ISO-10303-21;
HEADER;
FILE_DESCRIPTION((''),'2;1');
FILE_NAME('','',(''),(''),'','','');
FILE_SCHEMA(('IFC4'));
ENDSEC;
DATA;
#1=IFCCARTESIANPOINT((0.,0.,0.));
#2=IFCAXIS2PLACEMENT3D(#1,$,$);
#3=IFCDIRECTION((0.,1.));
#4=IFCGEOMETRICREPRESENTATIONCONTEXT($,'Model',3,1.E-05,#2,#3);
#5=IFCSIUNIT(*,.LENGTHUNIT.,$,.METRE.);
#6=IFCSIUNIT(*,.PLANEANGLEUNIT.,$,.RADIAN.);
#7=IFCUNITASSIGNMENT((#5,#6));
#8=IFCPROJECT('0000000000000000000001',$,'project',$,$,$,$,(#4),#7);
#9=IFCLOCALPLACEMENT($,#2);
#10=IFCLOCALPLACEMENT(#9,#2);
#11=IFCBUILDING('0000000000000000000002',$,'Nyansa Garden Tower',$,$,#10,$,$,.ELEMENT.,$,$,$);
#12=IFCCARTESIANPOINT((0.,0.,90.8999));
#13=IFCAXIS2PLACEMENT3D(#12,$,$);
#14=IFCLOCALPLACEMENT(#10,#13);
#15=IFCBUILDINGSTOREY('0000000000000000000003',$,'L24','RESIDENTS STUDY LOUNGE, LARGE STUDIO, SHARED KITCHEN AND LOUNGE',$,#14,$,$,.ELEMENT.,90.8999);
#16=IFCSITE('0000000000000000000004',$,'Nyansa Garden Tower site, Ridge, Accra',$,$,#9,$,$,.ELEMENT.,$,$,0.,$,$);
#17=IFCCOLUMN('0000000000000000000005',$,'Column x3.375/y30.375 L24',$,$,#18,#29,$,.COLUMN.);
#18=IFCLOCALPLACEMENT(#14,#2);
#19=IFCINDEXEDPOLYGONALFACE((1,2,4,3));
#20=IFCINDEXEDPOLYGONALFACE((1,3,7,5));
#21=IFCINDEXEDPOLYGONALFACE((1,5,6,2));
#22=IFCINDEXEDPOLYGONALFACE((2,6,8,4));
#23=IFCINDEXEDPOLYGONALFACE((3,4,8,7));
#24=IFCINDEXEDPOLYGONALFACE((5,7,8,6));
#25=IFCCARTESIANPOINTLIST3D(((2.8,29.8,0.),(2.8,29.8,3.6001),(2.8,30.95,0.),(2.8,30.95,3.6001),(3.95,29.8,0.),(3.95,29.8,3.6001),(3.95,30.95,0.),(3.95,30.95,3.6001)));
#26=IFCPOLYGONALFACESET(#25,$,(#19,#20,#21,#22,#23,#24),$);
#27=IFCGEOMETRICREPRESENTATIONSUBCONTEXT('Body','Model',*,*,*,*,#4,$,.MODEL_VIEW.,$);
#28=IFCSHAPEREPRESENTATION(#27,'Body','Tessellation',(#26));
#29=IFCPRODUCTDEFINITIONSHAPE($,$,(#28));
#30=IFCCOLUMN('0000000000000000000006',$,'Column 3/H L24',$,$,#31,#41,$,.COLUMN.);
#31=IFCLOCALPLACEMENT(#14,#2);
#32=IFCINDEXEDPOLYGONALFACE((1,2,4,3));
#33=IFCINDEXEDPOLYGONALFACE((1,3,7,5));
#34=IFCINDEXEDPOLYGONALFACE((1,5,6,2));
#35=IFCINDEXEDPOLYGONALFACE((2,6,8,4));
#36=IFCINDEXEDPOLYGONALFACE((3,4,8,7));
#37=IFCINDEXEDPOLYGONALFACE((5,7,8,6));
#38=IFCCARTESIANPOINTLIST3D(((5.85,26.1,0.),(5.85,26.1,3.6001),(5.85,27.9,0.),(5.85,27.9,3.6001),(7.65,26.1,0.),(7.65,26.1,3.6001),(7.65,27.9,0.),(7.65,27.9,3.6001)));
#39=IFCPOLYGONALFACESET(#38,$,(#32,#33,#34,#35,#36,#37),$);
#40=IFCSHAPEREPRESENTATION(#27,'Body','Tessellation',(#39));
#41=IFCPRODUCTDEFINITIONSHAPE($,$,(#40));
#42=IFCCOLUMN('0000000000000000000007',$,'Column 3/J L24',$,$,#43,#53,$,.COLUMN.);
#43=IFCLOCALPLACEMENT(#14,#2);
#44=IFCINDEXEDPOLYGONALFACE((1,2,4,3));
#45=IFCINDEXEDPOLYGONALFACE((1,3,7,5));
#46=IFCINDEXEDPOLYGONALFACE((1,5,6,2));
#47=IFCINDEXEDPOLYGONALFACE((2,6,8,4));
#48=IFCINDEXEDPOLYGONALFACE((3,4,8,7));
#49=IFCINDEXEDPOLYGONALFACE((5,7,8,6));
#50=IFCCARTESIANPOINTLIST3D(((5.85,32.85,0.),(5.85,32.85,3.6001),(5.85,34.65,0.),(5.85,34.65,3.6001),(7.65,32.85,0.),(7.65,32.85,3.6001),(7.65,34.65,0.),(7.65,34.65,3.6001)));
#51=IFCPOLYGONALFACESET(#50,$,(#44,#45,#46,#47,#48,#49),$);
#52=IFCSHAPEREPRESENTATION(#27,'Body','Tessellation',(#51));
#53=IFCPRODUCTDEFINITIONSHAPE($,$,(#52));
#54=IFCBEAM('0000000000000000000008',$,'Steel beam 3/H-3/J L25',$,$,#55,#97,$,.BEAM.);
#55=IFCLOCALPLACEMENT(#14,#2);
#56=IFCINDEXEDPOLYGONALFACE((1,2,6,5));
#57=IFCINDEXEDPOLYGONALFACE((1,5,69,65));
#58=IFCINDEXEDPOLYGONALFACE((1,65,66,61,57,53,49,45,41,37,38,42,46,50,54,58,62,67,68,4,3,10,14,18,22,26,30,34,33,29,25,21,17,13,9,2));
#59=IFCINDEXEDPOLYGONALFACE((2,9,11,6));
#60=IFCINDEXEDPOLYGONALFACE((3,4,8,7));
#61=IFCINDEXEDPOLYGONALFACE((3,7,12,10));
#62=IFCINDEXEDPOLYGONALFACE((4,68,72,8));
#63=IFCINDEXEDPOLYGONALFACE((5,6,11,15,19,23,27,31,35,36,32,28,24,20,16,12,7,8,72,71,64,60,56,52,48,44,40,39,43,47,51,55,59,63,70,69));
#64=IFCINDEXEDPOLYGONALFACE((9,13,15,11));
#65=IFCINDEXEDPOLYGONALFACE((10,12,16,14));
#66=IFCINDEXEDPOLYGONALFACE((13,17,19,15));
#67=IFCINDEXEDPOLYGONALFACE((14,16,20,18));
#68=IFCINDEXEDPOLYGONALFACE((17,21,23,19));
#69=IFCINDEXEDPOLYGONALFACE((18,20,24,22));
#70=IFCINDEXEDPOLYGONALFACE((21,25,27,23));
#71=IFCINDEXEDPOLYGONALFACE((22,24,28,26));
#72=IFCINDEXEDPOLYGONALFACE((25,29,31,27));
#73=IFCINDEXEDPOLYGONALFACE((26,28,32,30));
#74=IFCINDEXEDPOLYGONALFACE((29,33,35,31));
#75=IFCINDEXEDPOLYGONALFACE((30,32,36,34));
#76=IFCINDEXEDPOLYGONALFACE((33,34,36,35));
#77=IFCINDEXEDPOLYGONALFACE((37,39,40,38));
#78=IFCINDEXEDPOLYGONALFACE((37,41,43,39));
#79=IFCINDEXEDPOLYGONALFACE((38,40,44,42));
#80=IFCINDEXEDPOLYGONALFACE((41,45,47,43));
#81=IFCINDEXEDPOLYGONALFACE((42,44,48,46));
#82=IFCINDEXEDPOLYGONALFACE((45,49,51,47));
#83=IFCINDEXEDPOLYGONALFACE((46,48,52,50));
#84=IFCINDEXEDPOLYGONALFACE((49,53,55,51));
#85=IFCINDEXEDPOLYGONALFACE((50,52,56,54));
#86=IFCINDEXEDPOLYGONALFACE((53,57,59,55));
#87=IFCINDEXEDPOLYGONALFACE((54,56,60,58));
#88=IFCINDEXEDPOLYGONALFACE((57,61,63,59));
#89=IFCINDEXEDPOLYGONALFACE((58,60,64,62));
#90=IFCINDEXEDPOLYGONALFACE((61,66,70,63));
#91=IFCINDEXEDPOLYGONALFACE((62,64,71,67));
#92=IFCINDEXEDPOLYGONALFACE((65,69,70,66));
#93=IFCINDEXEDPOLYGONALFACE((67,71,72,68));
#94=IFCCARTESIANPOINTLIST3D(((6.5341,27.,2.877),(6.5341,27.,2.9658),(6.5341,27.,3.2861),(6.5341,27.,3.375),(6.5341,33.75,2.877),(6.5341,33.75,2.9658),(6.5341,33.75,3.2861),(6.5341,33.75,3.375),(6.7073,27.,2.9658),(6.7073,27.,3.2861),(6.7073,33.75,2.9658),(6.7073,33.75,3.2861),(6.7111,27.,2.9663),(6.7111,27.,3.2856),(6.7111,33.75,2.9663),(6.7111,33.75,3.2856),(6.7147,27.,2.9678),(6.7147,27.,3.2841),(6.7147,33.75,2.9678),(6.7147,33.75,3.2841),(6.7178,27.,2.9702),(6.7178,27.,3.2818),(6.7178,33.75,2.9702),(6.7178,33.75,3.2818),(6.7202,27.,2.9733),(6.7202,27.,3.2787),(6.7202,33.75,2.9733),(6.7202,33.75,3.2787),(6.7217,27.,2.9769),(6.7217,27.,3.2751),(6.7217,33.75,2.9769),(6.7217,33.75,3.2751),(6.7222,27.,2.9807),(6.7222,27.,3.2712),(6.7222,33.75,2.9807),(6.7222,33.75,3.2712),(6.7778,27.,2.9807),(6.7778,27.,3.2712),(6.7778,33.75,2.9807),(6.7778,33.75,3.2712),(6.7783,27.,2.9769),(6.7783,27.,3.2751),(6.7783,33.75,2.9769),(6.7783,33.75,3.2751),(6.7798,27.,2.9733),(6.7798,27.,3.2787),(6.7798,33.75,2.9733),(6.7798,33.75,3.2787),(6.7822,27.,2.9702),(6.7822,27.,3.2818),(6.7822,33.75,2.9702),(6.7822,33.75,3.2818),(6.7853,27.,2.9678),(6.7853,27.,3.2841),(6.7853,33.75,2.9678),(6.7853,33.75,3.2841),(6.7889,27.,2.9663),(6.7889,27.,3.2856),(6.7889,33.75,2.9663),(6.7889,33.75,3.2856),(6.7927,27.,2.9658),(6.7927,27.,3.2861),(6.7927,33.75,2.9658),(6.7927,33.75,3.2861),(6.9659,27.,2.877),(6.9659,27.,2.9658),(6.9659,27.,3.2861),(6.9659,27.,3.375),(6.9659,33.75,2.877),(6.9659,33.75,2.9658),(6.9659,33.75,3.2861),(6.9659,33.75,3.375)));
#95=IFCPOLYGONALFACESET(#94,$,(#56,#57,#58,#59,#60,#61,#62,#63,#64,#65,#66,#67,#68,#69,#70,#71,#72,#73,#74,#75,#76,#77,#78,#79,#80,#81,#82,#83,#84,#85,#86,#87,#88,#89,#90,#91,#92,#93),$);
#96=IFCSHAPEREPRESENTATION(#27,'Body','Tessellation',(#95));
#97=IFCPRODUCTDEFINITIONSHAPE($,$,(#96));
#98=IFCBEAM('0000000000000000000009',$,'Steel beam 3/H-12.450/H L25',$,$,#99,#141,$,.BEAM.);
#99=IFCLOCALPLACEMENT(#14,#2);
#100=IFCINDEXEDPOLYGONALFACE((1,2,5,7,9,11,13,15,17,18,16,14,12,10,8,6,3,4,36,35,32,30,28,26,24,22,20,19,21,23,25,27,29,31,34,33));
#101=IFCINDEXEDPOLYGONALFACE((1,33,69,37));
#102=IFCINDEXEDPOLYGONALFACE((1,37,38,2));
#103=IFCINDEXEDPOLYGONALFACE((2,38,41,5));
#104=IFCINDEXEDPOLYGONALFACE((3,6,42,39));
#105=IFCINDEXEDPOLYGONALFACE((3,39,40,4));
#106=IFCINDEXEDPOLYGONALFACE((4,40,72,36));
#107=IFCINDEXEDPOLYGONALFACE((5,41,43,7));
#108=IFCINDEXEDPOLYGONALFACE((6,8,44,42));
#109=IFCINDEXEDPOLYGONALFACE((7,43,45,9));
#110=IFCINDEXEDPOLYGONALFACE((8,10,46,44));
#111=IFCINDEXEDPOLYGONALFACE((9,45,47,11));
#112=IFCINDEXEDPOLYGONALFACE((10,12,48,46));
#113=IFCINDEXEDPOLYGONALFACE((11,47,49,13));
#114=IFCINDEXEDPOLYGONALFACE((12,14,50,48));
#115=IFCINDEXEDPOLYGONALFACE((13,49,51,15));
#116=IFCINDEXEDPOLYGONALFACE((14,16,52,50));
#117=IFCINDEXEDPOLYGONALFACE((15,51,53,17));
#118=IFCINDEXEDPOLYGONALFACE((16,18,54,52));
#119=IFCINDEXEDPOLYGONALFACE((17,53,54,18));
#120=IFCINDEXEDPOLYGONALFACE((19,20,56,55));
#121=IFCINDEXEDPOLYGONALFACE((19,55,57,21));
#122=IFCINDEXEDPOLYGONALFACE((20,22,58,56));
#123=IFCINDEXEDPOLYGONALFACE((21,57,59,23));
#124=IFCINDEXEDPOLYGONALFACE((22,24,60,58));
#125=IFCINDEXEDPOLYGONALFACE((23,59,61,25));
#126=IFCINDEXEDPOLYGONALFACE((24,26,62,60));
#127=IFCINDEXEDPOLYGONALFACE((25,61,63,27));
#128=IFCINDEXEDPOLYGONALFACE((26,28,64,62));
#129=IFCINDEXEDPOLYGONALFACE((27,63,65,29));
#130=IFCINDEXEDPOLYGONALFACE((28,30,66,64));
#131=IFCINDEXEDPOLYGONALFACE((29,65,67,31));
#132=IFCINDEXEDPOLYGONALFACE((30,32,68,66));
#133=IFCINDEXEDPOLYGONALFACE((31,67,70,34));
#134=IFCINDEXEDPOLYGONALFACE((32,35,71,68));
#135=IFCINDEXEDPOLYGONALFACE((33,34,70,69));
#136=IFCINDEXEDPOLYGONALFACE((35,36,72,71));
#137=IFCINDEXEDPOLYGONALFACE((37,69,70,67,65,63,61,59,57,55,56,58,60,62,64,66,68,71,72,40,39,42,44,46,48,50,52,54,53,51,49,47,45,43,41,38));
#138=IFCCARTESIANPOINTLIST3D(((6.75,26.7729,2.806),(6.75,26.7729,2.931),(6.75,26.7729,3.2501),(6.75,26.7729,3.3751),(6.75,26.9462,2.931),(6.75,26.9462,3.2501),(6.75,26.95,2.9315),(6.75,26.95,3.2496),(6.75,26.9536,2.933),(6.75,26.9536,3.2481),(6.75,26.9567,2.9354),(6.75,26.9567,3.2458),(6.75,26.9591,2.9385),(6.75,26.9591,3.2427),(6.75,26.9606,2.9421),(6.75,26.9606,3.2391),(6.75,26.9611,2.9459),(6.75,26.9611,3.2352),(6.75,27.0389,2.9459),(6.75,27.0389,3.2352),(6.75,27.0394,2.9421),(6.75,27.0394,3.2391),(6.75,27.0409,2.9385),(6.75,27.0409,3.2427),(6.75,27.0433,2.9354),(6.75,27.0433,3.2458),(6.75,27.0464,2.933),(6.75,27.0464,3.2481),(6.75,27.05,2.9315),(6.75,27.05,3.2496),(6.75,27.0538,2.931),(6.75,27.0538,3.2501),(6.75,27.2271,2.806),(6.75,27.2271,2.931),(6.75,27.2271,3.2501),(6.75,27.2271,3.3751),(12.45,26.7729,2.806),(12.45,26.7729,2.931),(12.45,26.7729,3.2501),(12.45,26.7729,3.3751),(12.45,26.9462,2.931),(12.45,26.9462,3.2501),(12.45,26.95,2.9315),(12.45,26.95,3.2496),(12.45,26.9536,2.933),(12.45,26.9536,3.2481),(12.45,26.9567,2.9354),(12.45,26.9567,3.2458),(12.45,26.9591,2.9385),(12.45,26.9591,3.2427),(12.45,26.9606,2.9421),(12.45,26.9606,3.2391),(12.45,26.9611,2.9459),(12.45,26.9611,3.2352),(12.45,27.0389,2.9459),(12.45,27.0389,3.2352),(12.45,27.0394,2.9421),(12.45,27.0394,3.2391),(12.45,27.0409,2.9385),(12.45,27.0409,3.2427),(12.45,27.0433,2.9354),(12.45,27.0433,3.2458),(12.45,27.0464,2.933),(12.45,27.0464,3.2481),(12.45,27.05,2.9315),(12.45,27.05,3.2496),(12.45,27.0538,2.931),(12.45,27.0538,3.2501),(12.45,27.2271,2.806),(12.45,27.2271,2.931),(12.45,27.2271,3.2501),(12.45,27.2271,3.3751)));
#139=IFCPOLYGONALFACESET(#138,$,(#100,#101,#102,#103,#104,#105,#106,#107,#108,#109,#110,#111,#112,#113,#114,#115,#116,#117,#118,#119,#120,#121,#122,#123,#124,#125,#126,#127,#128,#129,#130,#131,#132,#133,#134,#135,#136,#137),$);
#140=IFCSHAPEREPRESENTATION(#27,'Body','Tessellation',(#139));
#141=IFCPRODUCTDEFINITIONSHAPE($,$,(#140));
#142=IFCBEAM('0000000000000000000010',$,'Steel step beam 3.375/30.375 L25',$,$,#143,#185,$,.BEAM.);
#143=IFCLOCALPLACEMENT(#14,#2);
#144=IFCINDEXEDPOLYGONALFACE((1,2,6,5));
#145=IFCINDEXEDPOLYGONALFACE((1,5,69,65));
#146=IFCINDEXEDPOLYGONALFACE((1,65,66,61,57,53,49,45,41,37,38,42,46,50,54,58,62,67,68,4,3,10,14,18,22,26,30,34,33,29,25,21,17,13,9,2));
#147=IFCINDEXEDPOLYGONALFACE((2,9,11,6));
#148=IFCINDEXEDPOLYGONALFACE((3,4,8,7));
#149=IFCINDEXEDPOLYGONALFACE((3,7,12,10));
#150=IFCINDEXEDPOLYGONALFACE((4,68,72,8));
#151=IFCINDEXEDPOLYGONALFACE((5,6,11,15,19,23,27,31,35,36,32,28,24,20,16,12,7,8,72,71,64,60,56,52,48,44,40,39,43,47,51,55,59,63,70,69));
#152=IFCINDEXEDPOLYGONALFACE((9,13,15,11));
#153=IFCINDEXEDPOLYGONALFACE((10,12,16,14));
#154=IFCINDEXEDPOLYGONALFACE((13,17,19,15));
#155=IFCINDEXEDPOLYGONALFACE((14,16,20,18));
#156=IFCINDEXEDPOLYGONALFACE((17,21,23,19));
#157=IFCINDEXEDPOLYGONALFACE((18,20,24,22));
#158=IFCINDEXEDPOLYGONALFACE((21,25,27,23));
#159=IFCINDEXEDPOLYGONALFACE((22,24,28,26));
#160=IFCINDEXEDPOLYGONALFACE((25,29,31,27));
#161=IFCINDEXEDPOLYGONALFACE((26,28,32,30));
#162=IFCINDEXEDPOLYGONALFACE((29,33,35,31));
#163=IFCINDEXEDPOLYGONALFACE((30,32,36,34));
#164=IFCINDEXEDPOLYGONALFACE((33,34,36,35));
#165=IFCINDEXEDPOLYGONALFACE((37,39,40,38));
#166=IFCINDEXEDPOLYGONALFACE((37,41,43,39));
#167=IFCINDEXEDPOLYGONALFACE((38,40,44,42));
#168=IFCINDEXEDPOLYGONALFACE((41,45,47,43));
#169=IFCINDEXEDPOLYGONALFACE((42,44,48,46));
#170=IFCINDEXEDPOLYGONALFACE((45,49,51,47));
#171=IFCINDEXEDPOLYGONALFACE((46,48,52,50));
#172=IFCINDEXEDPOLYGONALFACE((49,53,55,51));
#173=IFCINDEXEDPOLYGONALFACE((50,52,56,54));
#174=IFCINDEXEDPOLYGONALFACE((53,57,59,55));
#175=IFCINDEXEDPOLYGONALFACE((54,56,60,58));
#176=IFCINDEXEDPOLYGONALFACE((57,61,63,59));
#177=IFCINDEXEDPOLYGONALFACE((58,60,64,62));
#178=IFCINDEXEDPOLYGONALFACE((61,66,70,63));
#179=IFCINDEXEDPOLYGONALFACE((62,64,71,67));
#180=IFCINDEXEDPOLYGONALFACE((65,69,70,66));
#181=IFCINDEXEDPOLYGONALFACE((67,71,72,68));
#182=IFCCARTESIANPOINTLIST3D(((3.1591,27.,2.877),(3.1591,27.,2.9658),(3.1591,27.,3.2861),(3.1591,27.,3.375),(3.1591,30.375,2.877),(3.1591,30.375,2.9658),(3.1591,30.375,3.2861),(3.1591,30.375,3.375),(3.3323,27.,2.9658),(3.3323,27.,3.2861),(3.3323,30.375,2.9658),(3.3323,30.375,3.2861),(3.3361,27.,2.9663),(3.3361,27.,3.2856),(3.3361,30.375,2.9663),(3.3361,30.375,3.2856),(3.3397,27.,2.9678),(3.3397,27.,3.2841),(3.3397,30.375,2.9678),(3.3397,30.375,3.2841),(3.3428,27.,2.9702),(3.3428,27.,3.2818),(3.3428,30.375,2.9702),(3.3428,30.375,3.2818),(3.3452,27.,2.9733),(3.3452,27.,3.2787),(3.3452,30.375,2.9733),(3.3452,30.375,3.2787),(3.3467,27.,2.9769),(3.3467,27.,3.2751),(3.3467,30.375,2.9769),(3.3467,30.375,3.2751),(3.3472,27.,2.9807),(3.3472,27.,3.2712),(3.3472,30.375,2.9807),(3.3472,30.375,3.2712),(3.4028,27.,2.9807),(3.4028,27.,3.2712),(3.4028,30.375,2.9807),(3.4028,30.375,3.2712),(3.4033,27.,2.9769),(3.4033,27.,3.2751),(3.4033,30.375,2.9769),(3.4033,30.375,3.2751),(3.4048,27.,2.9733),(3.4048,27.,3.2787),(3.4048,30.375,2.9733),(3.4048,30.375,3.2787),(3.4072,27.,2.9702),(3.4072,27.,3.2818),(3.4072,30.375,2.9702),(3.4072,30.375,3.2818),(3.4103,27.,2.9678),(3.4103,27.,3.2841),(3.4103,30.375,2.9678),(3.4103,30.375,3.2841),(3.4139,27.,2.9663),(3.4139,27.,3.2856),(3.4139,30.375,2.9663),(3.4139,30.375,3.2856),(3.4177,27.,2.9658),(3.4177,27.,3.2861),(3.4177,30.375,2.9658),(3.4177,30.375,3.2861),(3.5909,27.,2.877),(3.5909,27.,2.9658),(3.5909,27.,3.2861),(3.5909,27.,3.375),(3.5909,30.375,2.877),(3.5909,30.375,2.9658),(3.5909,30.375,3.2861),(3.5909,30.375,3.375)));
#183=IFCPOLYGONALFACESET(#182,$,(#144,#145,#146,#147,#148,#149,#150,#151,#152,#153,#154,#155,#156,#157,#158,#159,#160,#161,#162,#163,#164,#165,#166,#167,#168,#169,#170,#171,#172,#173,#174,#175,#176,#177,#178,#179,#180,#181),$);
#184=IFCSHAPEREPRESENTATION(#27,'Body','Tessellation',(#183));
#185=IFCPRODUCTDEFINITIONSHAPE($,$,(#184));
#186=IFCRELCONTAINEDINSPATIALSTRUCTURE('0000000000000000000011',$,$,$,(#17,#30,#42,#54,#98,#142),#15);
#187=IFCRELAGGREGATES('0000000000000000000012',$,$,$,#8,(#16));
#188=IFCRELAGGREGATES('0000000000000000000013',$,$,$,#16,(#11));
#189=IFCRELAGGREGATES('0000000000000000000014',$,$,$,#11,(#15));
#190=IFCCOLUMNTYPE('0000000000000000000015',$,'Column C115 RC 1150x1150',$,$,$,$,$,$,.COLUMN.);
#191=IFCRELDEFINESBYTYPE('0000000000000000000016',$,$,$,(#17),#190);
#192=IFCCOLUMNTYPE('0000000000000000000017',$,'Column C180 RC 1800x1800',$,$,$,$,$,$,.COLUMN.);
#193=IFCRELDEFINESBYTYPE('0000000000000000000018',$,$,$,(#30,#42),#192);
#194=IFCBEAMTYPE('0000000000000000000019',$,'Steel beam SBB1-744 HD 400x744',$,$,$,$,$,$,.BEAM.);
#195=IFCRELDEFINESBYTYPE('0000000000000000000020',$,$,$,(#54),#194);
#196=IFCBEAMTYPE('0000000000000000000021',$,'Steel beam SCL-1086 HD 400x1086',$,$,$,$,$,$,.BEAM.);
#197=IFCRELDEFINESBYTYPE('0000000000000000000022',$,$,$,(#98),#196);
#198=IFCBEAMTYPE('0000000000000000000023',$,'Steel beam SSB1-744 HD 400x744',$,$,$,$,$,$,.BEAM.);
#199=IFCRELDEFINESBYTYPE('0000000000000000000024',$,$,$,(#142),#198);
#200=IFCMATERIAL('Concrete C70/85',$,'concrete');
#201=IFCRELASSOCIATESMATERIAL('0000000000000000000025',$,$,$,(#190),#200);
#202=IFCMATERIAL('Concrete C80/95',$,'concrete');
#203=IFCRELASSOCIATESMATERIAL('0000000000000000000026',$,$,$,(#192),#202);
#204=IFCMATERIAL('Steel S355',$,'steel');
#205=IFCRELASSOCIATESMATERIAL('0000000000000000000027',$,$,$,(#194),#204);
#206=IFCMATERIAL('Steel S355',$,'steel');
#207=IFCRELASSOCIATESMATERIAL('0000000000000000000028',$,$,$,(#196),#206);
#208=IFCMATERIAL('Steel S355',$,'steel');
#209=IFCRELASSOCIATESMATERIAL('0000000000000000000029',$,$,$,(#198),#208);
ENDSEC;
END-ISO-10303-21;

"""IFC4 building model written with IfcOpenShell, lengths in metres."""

from ifc_helpers import new_model, si_unit, direction, frame, origin, origin_2d, place, context, subcontext, project, spatial, rectangle, i_section, extrude, material, material_profile, profile_set, type_object, element, save


model = new_model("IFC4")

# Units and contexts
model_context = context("Model", 3, precision=1e-05, world=origin(), true_north=direction((0.0, 1.0)))
body_context = subcontext(model_context, "Body", "Model", "MODEL_VIEW")
ifc_project = project(units=[si_unit("LENGTHUNIT", "METRE"), si_unit("PLANEANGLEUNIT", "RADIAN")], contexts=[model_context])

# Site, building, storey
site_placement = place(None, origin())
site = spatial("IfcSite", under=ifc_project, at=site_placement, Name="Nyansa Garden Tower site, Ridge, Accra", CompositionType="ELEMENT", RefElevation=0.0)
building_placement = place(site_placement, origin())
building = spatial("IfcBuilding", under=site, at=building_placement, Name="Nyansa Garden Tower", CompositionType="ELEMENT")
storey_placement = place(building_placement, frame((0.0, 0.0, 90.8999)))
storey = spatial("IfcBuildingStorey", under=building, at=storey_placement, Name="L24", Description="RESIDENTS STUDY LOUNGE, LARGE STUDIO, SHARED KITCHEN AND LOUNGE", CompositionType="ELEMENT", Elevation=90.8999)

# Columns
ifc_material_1 = material(Name="Concrete C70/85", Category="concrete")
ifc_material_profile_1 = material_profile(ifc_material_1, rectangle(XDim=1.1499, YDim=1.1499, at=origin_2d()), Name="RC 1150x1150")
ifc_profile_set_1 = profile_set([ifc_material_profile_1], Name="Concrete C70/85")
column_type_1 = type_object("IfcColumnType", Name="Column C115 RC 1150x1150", PredefinedType="COLUMN", material=ifc_profile_set_1)
column_placement = place(storey_placement, frame((3.375, 30.375, 0.0), z_axis=(0.0, 0.0, 1.0), x_axis=(1.0, 0.0, 0.0)))
element("IfcColumn", 1, at=column_placement, inside=storey, type_object=column_type_1, Name="Column x3.375/y30.375 L24", PredefinedType="COLUMN", context=body_context, shape_type="SweptSolid", body=[
    extrude(rectangle(XDim=1.1499, YDim=1.1499, at=origin_2d()), origin(), (0.0, 0.0, 1.0), 3.6001),
])
ifc_material_2 = material(Name="Concrete C80/95", Category="concrete")
ifc_material_profile_2 = material_profile(ifc_material_2, rectangle(XDim=1.8, YDim=1.8, at=origin_2d()), Name="RC 1800x1800")
ifc_profile_set_2 = profile_set([ifc_material_profile_2], Name="Concrete C80/95")
column_type_2 = type_object("IfcColumnType", Name="Column C180 RC 1800x1800", PredefinedType="COLUMN", material=ifc_profile_set_2)
for number, where, z_axis, x_axis, name in (
    (2, (6.75, 27.0, 0.0), (0.0, 0.0, 1.0), (1.0, 0.0, 0.0), "Column 3/H L24"),
    (3, (6.75, 33.75, 0.0), (0.0, 0.0, 1.0), (1.0, 0.0, 0.0), "Column 3/J L24"),
):
    element("IfcColumn", number, at=place(storey_placement, frame(where, z_axis=z_axis, x_axis=x_axis)), inside=storey, type_object=column_type_2, Name=name, PredefinedType="COLUMN", context=body_context, shape_type="SweptSolid", body=[
        extrude(rectangle(XDim=1.8, YDim=1.8, at=origin_2d()), origin(), (0.0, 0.0, 1.0), 3.6001),
    ])

# Beams
ifc_material_3 = material(Name="Steel S355", Category="steel")
ifc_material_profile_3 = material_profile(ifc_material_3, i_section(OverallWidth=0.4319, OverallDepth=0.498, WebThickness=0.0557, FlangeThickness=0.0889, FilletRadius=0.0149, at=origin_2d()), Name="HD 400x744")
ifc_profile_set_3 = profile_set([ifc_material_profile_3], Name="Steel S355")
beam_type_1 = type_object("IfcBeamType", Name="Steel beam SBB1-744 HD 400x744", PredefinedType="BEAM", material=ifc_profile_set_3)
beam_1_placement = place(storey_placement, frame((6.75, 27.0, 3.126), z_axis=(0.0, 1.0, 0.0), x_axis=(-1.0, 0.0, 0.0)))
element("IfcBeam", 4, at=beam_1_placement, inside=storey, type_object=beam_type_1, Name="Steel beam 3/H-3/J L25", PredefinedType="BEAM", context=body_context, shape_type="SweptSolid", body=[
    extrude(i_section(OverallWidth=0.4319, OverallDepth=0.498, WebThickness=0.0557, FlangeThickness=0.0889, FilletRadius=0.0149, at=origin_2d()), origin(), (0.0, 0.0, 1.0), 6.75),
])
ifc_material_4 = material(Name="Steel S355", Category="steel")
ifc_material_profile_4 = material_profile(ifc_material_4, i_section(OverallWidth=0.4541, OverallDepth=0.5691, WebThickness=0.0779, FlangeThickness=0.125, FilletRadius=0.0149, at=origin_2d()), Name="HD 400x1086")
ifc_profile_set_4 = profile_set([ifc_material_profile_4], Name="Steel S355")
beam_type_2 = type_object("IfcBeamType", Name="Steel beam SCL-1086 HD 400x1086", PredefinedType="BEAM", material=ifc_profile_set_4)
beam_2_placement = place(storey_placement, frame((6.75, 27.0, 3.0906), z_axis=(1.0, 0.0, 0.0), x_axis=(0.0, 1.0, 0.0)))
element("IfcBeam", 5, at=beam_2_placement, inside=storey, type_object=beam_type_2, Name="Steel beam 3/H-12.450/H L25", PredefinedType="BEAM", context=body_context, shape_type="SweptSolid", body=[
    extrude(i_section(OverallWidth=0.4541, OverallDepth=0.5691, WebThickness=0.0779, FlangeThickness=0.125, FilletRadius=0.0149, at=origin_2d()), origin(), (0.0, 0.0, 1.0), 5.7),
])
ifc_material_5 = material(Name="Steel S355", Category="steel")
ifc_material_profile_5 = material_profile(ifc_material_5, i_section(OverallWidth=0.4319, OverallDepth=0.498, WebThickness=0.0557, FlangeThickness=0.0889, FilletRadius=0.0149, at=origin_2d()), Name="HD 400x744")
ifc_profile_set_5 = profile_set([ifc_material_profile_5], Name="Steel S355")
beam_type_3 = type_object("IfcBeamType", Name="Steel beam SSB1-744 HD 400x744", PredefinedType="BEAM", material=ifc_profile_set_5)
for number, where, z_axis, x_axis, name in (
    (6, (3.375, 30.375, 3.126), (0.0, -1.0, 0.0), (1.0, 0.0, 0.0), "Steel step beam 3.375/30.375 L25"),
):
    element("IfcBeam", number, at=place(storey_placement, frame(where, z_axis=z_axis, x_axis=x_axis)), inside=storey, type_object=beam_type_3, Name=name, PredefinedType="BEAM", context=body_context, shape_type="SweptSolid", body=[
        extrude(i_section(OverallWidth=0.4319, OverallDepth=0.498, WebThickness=0.0557, FlangeThickness=0.0889, FilletRadius=0.0149, at=origin_2d()), origin(), (0.0, 0.0, 1.0), 3.375),
    ])

save(model, "model.ifc")
